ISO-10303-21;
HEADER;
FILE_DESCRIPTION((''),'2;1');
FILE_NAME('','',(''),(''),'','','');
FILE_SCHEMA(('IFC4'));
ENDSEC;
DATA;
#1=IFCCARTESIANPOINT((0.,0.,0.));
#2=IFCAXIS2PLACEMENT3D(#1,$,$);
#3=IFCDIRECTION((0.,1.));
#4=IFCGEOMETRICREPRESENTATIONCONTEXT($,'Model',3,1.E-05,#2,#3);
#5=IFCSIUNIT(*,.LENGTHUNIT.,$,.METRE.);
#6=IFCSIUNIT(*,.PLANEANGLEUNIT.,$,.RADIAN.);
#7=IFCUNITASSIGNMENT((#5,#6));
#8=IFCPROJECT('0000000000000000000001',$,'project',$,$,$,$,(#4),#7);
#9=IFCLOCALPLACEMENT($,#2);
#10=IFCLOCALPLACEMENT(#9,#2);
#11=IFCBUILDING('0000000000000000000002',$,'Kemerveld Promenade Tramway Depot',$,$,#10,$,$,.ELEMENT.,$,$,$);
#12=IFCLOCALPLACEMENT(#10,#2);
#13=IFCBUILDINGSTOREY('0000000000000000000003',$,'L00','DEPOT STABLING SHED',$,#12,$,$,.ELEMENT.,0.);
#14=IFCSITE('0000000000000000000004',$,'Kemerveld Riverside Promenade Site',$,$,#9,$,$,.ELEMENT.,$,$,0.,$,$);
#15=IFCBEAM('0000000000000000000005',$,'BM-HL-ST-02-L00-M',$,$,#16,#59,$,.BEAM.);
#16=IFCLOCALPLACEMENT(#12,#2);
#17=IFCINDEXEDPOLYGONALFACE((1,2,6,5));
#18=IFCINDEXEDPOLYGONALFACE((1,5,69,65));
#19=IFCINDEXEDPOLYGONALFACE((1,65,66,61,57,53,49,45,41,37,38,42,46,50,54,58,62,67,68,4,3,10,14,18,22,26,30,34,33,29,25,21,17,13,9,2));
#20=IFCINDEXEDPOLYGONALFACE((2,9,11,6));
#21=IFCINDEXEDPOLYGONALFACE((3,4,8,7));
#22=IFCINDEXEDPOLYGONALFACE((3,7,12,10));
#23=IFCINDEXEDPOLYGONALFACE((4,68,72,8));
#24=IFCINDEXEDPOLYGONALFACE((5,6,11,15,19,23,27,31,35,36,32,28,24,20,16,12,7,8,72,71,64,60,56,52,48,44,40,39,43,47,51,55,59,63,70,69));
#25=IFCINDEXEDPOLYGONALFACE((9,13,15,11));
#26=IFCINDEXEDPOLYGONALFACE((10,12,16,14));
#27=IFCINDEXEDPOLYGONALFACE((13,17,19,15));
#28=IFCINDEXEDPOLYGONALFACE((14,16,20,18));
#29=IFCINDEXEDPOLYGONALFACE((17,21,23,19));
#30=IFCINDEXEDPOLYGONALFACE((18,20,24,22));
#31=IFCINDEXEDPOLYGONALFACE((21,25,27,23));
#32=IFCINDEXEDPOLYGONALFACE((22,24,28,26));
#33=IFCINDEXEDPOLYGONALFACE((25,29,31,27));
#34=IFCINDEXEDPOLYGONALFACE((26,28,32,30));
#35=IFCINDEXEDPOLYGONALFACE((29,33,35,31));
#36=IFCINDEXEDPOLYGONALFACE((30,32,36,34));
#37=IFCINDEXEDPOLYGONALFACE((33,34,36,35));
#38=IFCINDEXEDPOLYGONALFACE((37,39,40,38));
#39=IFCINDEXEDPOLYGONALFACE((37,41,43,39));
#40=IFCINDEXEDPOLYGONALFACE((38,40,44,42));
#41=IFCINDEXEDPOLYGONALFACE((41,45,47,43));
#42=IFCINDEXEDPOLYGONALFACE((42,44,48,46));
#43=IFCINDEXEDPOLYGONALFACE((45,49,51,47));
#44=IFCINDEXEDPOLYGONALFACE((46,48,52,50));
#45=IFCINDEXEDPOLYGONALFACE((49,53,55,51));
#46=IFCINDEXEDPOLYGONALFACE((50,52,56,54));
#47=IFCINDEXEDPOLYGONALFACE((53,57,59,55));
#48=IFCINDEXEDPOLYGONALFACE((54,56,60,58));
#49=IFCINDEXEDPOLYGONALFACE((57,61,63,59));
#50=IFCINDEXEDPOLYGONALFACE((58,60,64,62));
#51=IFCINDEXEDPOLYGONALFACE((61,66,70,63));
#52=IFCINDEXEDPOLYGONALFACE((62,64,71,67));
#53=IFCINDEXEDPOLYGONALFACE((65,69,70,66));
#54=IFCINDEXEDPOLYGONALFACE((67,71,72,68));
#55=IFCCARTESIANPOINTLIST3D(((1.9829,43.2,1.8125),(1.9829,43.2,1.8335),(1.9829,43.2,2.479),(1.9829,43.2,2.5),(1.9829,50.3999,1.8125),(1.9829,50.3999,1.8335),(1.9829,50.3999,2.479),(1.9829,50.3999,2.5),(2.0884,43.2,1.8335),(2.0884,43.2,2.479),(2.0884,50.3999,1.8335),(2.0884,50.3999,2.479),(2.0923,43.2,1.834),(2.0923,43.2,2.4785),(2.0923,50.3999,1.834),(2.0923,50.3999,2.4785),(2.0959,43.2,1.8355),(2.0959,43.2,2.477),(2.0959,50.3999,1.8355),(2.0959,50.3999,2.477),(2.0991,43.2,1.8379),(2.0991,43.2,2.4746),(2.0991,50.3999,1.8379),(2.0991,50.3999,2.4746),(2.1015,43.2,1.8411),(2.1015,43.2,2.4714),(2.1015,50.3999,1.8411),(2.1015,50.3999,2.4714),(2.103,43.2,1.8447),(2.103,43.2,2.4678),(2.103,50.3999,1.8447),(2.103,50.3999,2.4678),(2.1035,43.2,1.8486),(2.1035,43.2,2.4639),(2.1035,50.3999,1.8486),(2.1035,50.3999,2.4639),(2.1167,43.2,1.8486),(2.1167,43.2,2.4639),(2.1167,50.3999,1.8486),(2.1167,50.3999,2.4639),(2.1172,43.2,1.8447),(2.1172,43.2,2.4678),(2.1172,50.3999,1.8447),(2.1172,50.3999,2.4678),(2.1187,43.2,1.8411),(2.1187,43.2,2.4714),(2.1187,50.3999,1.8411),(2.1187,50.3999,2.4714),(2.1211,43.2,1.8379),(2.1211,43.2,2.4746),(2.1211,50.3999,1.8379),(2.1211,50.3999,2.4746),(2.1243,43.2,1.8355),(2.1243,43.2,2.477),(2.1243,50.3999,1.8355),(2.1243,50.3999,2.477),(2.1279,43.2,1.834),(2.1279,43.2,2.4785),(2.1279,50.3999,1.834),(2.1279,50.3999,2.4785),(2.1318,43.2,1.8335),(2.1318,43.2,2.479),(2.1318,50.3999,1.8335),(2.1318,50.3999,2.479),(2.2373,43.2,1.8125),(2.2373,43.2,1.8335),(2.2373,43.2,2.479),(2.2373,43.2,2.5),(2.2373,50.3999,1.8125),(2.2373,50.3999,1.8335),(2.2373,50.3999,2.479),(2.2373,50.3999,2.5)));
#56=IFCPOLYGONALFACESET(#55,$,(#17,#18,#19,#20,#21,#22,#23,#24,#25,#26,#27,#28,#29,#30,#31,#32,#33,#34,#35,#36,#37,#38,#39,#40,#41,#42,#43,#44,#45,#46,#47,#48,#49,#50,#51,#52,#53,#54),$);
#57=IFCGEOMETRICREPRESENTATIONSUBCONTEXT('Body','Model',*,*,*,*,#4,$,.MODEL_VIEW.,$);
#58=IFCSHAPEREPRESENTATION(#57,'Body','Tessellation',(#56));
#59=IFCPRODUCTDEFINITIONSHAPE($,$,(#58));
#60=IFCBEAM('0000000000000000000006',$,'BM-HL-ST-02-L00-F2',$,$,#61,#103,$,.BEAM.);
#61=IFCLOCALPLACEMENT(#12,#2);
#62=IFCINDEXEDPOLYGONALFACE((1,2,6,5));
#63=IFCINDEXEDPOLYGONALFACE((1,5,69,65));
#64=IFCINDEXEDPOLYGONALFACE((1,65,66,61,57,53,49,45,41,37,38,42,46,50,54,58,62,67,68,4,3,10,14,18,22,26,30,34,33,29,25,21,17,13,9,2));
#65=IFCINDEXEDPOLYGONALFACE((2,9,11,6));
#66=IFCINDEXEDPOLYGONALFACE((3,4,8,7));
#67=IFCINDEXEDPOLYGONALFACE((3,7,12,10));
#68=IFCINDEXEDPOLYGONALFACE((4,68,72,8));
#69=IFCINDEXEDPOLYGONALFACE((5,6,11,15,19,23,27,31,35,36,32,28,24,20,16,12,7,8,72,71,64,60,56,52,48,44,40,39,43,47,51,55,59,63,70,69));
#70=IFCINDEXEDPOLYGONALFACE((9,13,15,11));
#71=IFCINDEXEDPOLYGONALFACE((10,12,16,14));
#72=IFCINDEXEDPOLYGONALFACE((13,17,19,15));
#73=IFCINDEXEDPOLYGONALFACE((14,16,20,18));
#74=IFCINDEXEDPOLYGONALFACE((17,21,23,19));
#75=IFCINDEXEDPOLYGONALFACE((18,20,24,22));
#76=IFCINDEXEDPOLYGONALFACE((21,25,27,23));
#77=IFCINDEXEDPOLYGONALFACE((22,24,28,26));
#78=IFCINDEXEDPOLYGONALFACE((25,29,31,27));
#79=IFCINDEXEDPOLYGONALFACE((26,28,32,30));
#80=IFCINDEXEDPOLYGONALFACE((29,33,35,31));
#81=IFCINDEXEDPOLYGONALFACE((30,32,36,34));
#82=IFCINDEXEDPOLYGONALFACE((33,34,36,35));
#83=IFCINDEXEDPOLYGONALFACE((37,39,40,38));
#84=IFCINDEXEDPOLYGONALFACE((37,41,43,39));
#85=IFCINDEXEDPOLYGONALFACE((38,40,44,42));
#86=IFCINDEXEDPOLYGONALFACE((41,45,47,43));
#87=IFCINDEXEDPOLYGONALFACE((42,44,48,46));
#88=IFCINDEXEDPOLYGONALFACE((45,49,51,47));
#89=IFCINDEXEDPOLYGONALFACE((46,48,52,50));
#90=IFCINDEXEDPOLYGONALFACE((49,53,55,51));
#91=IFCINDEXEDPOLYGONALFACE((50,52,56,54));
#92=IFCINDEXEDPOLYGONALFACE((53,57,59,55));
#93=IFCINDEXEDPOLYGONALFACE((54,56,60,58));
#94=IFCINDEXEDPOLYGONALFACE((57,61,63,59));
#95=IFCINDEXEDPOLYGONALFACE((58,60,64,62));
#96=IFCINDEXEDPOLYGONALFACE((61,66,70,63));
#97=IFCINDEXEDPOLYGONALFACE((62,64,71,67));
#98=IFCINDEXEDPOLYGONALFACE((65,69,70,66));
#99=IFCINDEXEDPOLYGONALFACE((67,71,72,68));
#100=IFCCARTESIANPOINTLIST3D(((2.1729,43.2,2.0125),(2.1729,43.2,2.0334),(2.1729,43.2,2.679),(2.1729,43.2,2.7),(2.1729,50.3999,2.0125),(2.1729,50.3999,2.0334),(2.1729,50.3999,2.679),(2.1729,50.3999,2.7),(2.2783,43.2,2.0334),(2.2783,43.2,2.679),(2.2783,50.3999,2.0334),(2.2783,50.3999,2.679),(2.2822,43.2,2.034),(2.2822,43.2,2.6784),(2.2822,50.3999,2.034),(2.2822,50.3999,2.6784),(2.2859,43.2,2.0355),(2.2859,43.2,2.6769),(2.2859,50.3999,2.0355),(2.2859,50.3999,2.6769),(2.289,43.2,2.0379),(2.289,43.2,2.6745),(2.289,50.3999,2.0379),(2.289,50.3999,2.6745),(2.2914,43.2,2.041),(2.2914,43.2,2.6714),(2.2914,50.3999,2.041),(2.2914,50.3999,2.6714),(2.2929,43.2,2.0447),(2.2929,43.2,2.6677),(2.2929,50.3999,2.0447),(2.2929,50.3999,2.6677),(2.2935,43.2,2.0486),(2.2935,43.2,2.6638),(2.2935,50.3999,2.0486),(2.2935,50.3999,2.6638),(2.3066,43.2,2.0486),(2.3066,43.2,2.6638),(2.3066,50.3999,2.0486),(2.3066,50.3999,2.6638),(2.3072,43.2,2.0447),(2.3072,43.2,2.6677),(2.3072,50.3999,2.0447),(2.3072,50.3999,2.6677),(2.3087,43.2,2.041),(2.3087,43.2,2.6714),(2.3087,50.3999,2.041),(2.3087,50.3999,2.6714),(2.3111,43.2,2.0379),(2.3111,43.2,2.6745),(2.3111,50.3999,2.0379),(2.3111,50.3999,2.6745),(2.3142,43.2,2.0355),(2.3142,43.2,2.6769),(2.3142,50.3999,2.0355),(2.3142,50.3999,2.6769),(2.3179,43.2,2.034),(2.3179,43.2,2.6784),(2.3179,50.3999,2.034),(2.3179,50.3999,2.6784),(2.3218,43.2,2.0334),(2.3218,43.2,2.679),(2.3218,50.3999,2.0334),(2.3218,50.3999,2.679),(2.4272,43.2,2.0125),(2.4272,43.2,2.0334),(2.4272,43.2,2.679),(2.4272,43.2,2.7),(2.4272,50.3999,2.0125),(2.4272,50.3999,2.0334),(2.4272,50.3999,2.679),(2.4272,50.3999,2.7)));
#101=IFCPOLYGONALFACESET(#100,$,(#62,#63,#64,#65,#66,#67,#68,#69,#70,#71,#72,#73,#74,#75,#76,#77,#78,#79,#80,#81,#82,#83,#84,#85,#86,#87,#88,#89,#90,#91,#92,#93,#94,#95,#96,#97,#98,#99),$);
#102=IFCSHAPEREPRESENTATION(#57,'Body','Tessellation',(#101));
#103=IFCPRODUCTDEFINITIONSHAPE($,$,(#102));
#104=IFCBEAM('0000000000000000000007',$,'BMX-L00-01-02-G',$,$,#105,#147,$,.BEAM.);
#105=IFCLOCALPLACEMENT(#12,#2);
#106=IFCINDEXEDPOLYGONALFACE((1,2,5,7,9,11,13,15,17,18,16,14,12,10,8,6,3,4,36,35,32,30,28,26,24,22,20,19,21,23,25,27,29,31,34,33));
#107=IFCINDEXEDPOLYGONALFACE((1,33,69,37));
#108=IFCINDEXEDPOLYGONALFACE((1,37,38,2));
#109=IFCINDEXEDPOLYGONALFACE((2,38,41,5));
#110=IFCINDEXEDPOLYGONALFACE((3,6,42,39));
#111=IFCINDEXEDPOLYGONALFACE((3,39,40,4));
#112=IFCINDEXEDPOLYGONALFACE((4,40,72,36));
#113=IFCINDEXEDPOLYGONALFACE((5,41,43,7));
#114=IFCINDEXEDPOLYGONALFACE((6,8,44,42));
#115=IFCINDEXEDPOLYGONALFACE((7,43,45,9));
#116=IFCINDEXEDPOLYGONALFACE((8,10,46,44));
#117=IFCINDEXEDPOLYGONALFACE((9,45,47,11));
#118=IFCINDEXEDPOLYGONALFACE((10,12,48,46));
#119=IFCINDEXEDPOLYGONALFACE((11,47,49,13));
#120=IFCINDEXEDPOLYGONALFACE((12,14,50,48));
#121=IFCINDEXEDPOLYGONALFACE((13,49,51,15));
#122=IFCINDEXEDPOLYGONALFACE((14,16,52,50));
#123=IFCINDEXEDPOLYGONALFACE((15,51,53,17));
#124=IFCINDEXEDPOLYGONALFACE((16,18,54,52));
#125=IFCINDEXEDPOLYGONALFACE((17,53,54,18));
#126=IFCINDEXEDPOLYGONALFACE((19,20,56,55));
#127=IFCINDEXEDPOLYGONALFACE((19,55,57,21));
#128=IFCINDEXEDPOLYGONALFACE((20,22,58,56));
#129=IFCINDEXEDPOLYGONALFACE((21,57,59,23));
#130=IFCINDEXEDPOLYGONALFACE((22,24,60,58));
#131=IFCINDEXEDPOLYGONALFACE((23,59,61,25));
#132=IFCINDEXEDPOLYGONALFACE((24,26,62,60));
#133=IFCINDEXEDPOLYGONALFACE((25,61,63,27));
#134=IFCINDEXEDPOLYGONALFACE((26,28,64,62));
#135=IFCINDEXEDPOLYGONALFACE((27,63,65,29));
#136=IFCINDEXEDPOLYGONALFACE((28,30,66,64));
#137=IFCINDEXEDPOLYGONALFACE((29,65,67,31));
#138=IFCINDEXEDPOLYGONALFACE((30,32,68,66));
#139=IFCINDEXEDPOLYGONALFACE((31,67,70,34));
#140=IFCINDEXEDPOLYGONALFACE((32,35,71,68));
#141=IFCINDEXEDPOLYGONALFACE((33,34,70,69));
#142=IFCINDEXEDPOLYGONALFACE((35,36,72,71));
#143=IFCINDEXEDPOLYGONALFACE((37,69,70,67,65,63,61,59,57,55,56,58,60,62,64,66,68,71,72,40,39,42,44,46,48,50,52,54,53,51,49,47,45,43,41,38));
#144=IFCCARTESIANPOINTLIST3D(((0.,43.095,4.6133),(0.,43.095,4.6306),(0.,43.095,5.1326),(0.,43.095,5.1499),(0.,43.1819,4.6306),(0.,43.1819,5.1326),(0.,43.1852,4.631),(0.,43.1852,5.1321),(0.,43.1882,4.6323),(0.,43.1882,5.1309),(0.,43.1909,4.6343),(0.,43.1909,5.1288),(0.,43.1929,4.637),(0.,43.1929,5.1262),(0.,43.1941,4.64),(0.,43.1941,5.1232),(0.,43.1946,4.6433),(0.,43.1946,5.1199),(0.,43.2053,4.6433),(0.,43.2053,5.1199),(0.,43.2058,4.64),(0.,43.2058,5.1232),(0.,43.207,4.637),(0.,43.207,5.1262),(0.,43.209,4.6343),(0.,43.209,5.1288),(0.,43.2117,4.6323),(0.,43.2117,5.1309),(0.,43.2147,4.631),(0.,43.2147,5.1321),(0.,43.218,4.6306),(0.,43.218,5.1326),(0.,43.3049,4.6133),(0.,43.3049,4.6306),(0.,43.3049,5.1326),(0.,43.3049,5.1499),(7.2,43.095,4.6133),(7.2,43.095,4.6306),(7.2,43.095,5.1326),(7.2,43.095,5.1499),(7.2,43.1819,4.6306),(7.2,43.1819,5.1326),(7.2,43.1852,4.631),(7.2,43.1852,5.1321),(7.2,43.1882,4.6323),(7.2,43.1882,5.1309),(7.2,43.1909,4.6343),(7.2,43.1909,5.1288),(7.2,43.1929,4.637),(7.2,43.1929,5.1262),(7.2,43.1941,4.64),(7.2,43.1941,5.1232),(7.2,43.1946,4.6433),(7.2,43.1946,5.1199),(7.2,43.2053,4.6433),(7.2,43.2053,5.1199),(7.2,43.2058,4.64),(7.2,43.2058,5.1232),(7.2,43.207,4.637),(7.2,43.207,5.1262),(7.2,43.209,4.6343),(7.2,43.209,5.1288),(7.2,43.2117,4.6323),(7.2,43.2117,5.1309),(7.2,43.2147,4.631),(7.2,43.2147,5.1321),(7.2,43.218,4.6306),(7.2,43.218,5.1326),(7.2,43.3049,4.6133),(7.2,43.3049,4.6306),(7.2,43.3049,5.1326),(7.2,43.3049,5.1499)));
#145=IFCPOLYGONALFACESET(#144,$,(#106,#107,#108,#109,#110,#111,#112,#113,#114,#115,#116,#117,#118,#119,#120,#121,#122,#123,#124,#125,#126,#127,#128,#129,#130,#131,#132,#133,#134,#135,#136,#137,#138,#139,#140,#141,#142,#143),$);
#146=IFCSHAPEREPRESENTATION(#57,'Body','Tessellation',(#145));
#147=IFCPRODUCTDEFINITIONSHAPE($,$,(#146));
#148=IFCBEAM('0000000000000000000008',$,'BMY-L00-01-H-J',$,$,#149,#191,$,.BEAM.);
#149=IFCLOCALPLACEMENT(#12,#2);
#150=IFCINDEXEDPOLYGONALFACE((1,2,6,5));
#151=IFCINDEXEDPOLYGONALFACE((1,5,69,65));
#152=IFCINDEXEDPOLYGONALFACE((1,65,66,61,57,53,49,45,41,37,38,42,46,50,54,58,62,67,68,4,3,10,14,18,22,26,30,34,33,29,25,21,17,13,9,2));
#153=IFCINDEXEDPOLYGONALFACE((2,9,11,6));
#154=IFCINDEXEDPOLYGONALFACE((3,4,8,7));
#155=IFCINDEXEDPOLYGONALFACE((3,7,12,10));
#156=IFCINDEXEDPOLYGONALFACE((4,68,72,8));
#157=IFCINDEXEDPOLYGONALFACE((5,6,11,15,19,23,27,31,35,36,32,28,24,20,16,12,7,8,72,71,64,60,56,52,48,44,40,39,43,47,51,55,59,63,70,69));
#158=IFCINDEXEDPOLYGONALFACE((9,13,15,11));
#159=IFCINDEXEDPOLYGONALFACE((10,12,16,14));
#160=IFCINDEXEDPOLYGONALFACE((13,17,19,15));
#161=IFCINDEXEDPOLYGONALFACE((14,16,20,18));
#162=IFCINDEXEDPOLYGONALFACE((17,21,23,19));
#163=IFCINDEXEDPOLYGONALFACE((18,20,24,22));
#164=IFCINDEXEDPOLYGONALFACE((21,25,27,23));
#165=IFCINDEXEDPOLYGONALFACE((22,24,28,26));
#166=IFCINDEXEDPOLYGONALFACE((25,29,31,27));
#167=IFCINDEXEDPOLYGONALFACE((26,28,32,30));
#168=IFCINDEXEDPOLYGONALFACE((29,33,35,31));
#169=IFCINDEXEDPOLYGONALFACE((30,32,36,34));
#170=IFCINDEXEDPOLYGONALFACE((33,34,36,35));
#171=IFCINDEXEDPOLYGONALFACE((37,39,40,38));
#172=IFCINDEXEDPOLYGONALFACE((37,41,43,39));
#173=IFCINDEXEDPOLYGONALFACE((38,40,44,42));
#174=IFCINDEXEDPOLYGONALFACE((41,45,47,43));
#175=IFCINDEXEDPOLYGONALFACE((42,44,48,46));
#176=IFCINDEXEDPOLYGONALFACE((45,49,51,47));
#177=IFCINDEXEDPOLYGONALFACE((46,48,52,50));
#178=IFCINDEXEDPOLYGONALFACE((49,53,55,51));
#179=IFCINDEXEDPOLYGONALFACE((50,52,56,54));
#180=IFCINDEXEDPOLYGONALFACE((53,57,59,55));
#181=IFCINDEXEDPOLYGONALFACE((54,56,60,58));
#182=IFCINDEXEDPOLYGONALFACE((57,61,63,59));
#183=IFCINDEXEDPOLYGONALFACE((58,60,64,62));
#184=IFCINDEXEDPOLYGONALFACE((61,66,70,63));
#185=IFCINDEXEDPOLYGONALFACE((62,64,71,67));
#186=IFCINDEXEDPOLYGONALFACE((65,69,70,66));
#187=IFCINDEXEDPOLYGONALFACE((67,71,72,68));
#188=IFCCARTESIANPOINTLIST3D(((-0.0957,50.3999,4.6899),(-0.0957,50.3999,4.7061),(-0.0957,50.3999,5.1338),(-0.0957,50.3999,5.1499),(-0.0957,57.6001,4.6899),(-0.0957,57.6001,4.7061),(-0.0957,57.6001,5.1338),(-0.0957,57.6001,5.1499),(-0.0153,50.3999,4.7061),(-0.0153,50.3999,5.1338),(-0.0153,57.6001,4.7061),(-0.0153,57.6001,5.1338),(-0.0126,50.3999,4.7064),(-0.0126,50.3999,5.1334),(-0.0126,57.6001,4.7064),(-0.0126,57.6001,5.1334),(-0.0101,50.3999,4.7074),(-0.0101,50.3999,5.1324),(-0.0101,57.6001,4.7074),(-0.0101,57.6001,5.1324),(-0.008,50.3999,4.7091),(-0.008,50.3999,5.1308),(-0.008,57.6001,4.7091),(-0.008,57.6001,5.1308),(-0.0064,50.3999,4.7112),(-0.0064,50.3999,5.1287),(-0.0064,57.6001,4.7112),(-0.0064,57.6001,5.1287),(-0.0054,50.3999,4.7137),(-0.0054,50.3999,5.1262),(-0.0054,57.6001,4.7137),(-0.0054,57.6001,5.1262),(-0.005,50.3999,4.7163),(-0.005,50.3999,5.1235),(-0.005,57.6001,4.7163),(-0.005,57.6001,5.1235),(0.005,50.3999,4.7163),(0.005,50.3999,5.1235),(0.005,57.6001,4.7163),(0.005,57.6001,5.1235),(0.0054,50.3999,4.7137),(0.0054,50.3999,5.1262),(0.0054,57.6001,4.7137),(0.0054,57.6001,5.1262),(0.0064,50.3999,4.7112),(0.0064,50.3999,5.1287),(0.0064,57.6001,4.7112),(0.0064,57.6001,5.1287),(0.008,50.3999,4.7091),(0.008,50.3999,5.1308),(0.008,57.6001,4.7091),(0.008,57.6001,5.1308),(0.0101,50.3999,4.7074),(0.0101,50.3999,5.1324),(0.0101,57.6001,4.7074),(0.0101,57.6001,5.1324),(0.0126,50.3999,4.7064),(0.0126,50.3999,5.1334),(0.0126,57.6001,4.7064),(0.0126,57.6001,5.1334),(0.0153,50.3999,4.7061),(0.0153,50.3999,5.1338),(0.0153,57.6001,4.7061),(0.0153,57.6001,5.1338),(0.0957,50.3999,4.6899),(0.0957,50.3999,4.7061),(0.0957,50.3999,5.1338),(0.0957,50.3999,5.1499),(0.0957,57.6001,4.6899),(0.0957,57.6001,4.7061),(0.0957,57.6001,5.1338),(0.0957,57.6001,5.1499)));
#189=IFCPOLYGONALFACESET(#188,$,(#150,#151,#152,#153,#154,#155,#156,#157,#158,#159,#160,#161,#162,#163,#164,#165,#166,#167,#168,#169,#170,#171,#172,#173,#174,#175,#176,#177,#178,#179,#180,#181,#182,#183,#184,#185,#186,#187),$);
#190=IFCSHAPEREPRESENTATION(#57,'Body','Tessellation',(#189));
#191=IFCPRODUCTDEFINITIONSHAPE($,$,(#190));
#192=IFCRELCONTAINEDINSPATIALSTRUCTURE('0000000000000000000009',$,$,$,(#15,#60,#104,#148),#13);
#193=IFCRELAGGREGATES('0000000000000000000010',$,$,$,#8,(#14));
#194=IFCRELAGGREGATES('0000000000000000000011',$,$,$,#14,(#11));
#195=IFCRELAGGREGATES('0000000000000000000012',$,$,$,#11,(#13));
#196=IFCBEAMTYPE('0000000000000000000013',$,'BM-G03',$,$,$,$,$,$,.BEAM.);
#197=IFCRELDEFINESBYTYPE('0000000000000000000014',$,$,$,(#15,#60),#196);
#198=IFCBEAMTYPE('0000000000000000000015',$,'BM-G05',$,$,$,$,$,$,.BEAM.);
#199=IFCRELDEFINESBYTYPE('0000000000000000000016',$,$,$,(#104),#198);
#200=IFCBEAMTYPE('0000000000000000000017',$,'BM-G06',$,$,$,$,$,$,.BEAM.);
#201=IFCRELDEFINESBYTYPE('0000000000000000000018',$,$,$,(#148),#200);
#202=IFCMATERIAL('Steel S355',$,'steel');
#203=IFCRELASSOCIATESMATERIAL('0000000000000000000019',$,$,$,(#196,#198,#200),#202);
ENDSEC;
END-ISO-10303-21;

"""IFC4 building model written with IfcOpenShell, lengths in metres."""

from ifc_helpers import new_model, si_unit, direction, frame, origin, origin_2d, place, context, subcontext, project, spatial, i_section, extrude, material, material_profile, profile_set, type_object, element, save


model = new_model("IFC4")

# Units and contexts
model_context = context("Model", 3, precision=1e-05, world=origin(), true_north=direction((0.0, 1.0)))
body_context = subcontext(model_context, "Body", "Model", "MODEL_VIEW")
ifc_project = project(units=[si_unit("LENGTHUNIT", "METRE"), si_unit("PLANEANGLEUNIT", "RADIAN")], contexts=[model_context])

# Site, building, storey
site_placement = place(None, origin())
site = spatial("IfcSite", under=ifc_project, at=site_placement, Name="Kemerveld Riverside Promenade Site", CompositionType="ELEMENT", RefElevation=0.0)
building_placement = place(site_placement, origin())
building = spatial("IfcBuilding", under=site, at=building_placement, Name="Kemerveld Promenade Tramway Depot", CompositionType="ELEMENT")
storey_placement = place(building_placement, origin())
storey = spatial("IfcBuildingStorey", under=building, at=storey_placement, Name="L00", Description="DEPOT STABLING SHED", CompositionType="ELEMENT", Elevation=0.0)

# Shared definitions
ifc_material_1 = material(Name="Steel S355", Category="steel")

# Beams
ifc_material_profile_1 = material_profile(ifc_material_1, i_section(OverallWidth=0.2544, OverallDepth=0.6875, WebThickness=0.0132, FlangeThickness=0.021, FilletRadius=0.0151, at=origin_2d()), Name="686x254x152 UB")
ifc_profile_set_1 = profile_set([ifc_material_profile_1], Name="Steel S355")
beam_type_1 = type_object("IfcBeamType", Name="BM-G03", PredefinedType="BEAM", material=ifc_profile_set_1)
for number, where, z_axis, x_axis, name in (
    (1, (2.1101, 43.2, 2.1562), (0.0, 1.0, 0.0), (-1.0, 0.0, 0.0), "BM-HL-ST-02-L00-M"),
    (2, (2.3, 43.2, 2.3562), (0.0, 1.0, 0.0), (-1.0, 0.0, 0.0), "BM-HL-ST-02-L00-F2"),
):
    element("IfcBeam", number, at=place(storey_placement, frame(where, z_axis=z_axis, x_axis=x_axis)), inside=storey, type_object=beam_type_1, Name=name, PredefinedType="BEAM", context=body_context, shape_type="SweptSolid", body=[
        extrude(i_section(OverallWidth=0.2544, OverallDepth=0.6875, WebThickness=0.0132, FlangeThickness=0.021, FilletRadius=0.0151, at=origin_2d()), origin(), (0.0, 0.0, 1.0), 7.2),
    ])
ifc_material_profile_2 = material_profile(ifc_material_1, i_section(OverallWidth=0.21, OverallDepth=0.5366, WebThickness=0.0107, FlangeThickness=0.0173, FilletRadius=0.0127, at=origin_2d()), Name="533x210x101 UB")
ifc_profile_set_2 = profile_set([ifc_material_profile_2], Name="Steel S355")
beam_type_2 = type_object("IfcBeamType", Name="BM-G05", PredefinedType="BEAM", material=ifc_profile_set_2)
beam_1_placement = place(storey_placement, frame((0.0, 43.2, 4.8816), z_axis=(1.0, 0.0, 0.0), x_axis=(0.0, 1.0, 0.0)))
element("IfcBeam", 3, at=beam_1_placement, inside=storey, type_object=beam_type_2, Name="BMX-L00-01-02-G", PredefinedType="BEAM", context=body_context, shape_type="SweptSolid", body=[
    extrude(i_section(OverallWidth=0.21, OverallDepth=0.5366, WebThickness=0.0107, FlangeThickness=0.0173, FilletRadius=0.0127, at=origin_2d()), origin(), (0.0, 0.0, 1.0), 7.2),
])
ifc_material_profile_3 = material_profile(ifc_material_1, i_section(OverallWidth=0.1914, OverallDepth=0.46, WebThickness=0.01, FlangeThickness=0.0161, FilletRadius=0.0103, at=origin_2d()), Name="457x191x82 UB")
ifc_profile_set_3 = profile_set([ifc_material_profile_3], Name="Steel S355")
beam_type_3 = type_object("IfcBeamType", Name="BM-G06", PredefinedType="BEAM", material=ifc_profile_set_3)
beam_2_placement = place(storey_placement, frame((0.0, 50.3999, 4.9199), z_axis=(0.0, 1.0, 0.0), x_axis=(-1.0, 0.0, 0.0)))
element("IfcBeam", 4, at=beam_2_placement, inside=storey, type_object=beam_type_3, Name="BMY-L00-01-H-J", PredefinedType="BEAM", context=body_context, shape_type="SweptSolid", body=[
    extrude(i_section(OverallWidth=0.1914, OverallDepth=0.46, WebThickness=0.01, FlangeThickness=0.0161, FilletRadius=0.0103, at=origin_2d()), origin(), (0.0, 0.0, 1.0), 7.2002),
])

save(model, "model.ifc")
